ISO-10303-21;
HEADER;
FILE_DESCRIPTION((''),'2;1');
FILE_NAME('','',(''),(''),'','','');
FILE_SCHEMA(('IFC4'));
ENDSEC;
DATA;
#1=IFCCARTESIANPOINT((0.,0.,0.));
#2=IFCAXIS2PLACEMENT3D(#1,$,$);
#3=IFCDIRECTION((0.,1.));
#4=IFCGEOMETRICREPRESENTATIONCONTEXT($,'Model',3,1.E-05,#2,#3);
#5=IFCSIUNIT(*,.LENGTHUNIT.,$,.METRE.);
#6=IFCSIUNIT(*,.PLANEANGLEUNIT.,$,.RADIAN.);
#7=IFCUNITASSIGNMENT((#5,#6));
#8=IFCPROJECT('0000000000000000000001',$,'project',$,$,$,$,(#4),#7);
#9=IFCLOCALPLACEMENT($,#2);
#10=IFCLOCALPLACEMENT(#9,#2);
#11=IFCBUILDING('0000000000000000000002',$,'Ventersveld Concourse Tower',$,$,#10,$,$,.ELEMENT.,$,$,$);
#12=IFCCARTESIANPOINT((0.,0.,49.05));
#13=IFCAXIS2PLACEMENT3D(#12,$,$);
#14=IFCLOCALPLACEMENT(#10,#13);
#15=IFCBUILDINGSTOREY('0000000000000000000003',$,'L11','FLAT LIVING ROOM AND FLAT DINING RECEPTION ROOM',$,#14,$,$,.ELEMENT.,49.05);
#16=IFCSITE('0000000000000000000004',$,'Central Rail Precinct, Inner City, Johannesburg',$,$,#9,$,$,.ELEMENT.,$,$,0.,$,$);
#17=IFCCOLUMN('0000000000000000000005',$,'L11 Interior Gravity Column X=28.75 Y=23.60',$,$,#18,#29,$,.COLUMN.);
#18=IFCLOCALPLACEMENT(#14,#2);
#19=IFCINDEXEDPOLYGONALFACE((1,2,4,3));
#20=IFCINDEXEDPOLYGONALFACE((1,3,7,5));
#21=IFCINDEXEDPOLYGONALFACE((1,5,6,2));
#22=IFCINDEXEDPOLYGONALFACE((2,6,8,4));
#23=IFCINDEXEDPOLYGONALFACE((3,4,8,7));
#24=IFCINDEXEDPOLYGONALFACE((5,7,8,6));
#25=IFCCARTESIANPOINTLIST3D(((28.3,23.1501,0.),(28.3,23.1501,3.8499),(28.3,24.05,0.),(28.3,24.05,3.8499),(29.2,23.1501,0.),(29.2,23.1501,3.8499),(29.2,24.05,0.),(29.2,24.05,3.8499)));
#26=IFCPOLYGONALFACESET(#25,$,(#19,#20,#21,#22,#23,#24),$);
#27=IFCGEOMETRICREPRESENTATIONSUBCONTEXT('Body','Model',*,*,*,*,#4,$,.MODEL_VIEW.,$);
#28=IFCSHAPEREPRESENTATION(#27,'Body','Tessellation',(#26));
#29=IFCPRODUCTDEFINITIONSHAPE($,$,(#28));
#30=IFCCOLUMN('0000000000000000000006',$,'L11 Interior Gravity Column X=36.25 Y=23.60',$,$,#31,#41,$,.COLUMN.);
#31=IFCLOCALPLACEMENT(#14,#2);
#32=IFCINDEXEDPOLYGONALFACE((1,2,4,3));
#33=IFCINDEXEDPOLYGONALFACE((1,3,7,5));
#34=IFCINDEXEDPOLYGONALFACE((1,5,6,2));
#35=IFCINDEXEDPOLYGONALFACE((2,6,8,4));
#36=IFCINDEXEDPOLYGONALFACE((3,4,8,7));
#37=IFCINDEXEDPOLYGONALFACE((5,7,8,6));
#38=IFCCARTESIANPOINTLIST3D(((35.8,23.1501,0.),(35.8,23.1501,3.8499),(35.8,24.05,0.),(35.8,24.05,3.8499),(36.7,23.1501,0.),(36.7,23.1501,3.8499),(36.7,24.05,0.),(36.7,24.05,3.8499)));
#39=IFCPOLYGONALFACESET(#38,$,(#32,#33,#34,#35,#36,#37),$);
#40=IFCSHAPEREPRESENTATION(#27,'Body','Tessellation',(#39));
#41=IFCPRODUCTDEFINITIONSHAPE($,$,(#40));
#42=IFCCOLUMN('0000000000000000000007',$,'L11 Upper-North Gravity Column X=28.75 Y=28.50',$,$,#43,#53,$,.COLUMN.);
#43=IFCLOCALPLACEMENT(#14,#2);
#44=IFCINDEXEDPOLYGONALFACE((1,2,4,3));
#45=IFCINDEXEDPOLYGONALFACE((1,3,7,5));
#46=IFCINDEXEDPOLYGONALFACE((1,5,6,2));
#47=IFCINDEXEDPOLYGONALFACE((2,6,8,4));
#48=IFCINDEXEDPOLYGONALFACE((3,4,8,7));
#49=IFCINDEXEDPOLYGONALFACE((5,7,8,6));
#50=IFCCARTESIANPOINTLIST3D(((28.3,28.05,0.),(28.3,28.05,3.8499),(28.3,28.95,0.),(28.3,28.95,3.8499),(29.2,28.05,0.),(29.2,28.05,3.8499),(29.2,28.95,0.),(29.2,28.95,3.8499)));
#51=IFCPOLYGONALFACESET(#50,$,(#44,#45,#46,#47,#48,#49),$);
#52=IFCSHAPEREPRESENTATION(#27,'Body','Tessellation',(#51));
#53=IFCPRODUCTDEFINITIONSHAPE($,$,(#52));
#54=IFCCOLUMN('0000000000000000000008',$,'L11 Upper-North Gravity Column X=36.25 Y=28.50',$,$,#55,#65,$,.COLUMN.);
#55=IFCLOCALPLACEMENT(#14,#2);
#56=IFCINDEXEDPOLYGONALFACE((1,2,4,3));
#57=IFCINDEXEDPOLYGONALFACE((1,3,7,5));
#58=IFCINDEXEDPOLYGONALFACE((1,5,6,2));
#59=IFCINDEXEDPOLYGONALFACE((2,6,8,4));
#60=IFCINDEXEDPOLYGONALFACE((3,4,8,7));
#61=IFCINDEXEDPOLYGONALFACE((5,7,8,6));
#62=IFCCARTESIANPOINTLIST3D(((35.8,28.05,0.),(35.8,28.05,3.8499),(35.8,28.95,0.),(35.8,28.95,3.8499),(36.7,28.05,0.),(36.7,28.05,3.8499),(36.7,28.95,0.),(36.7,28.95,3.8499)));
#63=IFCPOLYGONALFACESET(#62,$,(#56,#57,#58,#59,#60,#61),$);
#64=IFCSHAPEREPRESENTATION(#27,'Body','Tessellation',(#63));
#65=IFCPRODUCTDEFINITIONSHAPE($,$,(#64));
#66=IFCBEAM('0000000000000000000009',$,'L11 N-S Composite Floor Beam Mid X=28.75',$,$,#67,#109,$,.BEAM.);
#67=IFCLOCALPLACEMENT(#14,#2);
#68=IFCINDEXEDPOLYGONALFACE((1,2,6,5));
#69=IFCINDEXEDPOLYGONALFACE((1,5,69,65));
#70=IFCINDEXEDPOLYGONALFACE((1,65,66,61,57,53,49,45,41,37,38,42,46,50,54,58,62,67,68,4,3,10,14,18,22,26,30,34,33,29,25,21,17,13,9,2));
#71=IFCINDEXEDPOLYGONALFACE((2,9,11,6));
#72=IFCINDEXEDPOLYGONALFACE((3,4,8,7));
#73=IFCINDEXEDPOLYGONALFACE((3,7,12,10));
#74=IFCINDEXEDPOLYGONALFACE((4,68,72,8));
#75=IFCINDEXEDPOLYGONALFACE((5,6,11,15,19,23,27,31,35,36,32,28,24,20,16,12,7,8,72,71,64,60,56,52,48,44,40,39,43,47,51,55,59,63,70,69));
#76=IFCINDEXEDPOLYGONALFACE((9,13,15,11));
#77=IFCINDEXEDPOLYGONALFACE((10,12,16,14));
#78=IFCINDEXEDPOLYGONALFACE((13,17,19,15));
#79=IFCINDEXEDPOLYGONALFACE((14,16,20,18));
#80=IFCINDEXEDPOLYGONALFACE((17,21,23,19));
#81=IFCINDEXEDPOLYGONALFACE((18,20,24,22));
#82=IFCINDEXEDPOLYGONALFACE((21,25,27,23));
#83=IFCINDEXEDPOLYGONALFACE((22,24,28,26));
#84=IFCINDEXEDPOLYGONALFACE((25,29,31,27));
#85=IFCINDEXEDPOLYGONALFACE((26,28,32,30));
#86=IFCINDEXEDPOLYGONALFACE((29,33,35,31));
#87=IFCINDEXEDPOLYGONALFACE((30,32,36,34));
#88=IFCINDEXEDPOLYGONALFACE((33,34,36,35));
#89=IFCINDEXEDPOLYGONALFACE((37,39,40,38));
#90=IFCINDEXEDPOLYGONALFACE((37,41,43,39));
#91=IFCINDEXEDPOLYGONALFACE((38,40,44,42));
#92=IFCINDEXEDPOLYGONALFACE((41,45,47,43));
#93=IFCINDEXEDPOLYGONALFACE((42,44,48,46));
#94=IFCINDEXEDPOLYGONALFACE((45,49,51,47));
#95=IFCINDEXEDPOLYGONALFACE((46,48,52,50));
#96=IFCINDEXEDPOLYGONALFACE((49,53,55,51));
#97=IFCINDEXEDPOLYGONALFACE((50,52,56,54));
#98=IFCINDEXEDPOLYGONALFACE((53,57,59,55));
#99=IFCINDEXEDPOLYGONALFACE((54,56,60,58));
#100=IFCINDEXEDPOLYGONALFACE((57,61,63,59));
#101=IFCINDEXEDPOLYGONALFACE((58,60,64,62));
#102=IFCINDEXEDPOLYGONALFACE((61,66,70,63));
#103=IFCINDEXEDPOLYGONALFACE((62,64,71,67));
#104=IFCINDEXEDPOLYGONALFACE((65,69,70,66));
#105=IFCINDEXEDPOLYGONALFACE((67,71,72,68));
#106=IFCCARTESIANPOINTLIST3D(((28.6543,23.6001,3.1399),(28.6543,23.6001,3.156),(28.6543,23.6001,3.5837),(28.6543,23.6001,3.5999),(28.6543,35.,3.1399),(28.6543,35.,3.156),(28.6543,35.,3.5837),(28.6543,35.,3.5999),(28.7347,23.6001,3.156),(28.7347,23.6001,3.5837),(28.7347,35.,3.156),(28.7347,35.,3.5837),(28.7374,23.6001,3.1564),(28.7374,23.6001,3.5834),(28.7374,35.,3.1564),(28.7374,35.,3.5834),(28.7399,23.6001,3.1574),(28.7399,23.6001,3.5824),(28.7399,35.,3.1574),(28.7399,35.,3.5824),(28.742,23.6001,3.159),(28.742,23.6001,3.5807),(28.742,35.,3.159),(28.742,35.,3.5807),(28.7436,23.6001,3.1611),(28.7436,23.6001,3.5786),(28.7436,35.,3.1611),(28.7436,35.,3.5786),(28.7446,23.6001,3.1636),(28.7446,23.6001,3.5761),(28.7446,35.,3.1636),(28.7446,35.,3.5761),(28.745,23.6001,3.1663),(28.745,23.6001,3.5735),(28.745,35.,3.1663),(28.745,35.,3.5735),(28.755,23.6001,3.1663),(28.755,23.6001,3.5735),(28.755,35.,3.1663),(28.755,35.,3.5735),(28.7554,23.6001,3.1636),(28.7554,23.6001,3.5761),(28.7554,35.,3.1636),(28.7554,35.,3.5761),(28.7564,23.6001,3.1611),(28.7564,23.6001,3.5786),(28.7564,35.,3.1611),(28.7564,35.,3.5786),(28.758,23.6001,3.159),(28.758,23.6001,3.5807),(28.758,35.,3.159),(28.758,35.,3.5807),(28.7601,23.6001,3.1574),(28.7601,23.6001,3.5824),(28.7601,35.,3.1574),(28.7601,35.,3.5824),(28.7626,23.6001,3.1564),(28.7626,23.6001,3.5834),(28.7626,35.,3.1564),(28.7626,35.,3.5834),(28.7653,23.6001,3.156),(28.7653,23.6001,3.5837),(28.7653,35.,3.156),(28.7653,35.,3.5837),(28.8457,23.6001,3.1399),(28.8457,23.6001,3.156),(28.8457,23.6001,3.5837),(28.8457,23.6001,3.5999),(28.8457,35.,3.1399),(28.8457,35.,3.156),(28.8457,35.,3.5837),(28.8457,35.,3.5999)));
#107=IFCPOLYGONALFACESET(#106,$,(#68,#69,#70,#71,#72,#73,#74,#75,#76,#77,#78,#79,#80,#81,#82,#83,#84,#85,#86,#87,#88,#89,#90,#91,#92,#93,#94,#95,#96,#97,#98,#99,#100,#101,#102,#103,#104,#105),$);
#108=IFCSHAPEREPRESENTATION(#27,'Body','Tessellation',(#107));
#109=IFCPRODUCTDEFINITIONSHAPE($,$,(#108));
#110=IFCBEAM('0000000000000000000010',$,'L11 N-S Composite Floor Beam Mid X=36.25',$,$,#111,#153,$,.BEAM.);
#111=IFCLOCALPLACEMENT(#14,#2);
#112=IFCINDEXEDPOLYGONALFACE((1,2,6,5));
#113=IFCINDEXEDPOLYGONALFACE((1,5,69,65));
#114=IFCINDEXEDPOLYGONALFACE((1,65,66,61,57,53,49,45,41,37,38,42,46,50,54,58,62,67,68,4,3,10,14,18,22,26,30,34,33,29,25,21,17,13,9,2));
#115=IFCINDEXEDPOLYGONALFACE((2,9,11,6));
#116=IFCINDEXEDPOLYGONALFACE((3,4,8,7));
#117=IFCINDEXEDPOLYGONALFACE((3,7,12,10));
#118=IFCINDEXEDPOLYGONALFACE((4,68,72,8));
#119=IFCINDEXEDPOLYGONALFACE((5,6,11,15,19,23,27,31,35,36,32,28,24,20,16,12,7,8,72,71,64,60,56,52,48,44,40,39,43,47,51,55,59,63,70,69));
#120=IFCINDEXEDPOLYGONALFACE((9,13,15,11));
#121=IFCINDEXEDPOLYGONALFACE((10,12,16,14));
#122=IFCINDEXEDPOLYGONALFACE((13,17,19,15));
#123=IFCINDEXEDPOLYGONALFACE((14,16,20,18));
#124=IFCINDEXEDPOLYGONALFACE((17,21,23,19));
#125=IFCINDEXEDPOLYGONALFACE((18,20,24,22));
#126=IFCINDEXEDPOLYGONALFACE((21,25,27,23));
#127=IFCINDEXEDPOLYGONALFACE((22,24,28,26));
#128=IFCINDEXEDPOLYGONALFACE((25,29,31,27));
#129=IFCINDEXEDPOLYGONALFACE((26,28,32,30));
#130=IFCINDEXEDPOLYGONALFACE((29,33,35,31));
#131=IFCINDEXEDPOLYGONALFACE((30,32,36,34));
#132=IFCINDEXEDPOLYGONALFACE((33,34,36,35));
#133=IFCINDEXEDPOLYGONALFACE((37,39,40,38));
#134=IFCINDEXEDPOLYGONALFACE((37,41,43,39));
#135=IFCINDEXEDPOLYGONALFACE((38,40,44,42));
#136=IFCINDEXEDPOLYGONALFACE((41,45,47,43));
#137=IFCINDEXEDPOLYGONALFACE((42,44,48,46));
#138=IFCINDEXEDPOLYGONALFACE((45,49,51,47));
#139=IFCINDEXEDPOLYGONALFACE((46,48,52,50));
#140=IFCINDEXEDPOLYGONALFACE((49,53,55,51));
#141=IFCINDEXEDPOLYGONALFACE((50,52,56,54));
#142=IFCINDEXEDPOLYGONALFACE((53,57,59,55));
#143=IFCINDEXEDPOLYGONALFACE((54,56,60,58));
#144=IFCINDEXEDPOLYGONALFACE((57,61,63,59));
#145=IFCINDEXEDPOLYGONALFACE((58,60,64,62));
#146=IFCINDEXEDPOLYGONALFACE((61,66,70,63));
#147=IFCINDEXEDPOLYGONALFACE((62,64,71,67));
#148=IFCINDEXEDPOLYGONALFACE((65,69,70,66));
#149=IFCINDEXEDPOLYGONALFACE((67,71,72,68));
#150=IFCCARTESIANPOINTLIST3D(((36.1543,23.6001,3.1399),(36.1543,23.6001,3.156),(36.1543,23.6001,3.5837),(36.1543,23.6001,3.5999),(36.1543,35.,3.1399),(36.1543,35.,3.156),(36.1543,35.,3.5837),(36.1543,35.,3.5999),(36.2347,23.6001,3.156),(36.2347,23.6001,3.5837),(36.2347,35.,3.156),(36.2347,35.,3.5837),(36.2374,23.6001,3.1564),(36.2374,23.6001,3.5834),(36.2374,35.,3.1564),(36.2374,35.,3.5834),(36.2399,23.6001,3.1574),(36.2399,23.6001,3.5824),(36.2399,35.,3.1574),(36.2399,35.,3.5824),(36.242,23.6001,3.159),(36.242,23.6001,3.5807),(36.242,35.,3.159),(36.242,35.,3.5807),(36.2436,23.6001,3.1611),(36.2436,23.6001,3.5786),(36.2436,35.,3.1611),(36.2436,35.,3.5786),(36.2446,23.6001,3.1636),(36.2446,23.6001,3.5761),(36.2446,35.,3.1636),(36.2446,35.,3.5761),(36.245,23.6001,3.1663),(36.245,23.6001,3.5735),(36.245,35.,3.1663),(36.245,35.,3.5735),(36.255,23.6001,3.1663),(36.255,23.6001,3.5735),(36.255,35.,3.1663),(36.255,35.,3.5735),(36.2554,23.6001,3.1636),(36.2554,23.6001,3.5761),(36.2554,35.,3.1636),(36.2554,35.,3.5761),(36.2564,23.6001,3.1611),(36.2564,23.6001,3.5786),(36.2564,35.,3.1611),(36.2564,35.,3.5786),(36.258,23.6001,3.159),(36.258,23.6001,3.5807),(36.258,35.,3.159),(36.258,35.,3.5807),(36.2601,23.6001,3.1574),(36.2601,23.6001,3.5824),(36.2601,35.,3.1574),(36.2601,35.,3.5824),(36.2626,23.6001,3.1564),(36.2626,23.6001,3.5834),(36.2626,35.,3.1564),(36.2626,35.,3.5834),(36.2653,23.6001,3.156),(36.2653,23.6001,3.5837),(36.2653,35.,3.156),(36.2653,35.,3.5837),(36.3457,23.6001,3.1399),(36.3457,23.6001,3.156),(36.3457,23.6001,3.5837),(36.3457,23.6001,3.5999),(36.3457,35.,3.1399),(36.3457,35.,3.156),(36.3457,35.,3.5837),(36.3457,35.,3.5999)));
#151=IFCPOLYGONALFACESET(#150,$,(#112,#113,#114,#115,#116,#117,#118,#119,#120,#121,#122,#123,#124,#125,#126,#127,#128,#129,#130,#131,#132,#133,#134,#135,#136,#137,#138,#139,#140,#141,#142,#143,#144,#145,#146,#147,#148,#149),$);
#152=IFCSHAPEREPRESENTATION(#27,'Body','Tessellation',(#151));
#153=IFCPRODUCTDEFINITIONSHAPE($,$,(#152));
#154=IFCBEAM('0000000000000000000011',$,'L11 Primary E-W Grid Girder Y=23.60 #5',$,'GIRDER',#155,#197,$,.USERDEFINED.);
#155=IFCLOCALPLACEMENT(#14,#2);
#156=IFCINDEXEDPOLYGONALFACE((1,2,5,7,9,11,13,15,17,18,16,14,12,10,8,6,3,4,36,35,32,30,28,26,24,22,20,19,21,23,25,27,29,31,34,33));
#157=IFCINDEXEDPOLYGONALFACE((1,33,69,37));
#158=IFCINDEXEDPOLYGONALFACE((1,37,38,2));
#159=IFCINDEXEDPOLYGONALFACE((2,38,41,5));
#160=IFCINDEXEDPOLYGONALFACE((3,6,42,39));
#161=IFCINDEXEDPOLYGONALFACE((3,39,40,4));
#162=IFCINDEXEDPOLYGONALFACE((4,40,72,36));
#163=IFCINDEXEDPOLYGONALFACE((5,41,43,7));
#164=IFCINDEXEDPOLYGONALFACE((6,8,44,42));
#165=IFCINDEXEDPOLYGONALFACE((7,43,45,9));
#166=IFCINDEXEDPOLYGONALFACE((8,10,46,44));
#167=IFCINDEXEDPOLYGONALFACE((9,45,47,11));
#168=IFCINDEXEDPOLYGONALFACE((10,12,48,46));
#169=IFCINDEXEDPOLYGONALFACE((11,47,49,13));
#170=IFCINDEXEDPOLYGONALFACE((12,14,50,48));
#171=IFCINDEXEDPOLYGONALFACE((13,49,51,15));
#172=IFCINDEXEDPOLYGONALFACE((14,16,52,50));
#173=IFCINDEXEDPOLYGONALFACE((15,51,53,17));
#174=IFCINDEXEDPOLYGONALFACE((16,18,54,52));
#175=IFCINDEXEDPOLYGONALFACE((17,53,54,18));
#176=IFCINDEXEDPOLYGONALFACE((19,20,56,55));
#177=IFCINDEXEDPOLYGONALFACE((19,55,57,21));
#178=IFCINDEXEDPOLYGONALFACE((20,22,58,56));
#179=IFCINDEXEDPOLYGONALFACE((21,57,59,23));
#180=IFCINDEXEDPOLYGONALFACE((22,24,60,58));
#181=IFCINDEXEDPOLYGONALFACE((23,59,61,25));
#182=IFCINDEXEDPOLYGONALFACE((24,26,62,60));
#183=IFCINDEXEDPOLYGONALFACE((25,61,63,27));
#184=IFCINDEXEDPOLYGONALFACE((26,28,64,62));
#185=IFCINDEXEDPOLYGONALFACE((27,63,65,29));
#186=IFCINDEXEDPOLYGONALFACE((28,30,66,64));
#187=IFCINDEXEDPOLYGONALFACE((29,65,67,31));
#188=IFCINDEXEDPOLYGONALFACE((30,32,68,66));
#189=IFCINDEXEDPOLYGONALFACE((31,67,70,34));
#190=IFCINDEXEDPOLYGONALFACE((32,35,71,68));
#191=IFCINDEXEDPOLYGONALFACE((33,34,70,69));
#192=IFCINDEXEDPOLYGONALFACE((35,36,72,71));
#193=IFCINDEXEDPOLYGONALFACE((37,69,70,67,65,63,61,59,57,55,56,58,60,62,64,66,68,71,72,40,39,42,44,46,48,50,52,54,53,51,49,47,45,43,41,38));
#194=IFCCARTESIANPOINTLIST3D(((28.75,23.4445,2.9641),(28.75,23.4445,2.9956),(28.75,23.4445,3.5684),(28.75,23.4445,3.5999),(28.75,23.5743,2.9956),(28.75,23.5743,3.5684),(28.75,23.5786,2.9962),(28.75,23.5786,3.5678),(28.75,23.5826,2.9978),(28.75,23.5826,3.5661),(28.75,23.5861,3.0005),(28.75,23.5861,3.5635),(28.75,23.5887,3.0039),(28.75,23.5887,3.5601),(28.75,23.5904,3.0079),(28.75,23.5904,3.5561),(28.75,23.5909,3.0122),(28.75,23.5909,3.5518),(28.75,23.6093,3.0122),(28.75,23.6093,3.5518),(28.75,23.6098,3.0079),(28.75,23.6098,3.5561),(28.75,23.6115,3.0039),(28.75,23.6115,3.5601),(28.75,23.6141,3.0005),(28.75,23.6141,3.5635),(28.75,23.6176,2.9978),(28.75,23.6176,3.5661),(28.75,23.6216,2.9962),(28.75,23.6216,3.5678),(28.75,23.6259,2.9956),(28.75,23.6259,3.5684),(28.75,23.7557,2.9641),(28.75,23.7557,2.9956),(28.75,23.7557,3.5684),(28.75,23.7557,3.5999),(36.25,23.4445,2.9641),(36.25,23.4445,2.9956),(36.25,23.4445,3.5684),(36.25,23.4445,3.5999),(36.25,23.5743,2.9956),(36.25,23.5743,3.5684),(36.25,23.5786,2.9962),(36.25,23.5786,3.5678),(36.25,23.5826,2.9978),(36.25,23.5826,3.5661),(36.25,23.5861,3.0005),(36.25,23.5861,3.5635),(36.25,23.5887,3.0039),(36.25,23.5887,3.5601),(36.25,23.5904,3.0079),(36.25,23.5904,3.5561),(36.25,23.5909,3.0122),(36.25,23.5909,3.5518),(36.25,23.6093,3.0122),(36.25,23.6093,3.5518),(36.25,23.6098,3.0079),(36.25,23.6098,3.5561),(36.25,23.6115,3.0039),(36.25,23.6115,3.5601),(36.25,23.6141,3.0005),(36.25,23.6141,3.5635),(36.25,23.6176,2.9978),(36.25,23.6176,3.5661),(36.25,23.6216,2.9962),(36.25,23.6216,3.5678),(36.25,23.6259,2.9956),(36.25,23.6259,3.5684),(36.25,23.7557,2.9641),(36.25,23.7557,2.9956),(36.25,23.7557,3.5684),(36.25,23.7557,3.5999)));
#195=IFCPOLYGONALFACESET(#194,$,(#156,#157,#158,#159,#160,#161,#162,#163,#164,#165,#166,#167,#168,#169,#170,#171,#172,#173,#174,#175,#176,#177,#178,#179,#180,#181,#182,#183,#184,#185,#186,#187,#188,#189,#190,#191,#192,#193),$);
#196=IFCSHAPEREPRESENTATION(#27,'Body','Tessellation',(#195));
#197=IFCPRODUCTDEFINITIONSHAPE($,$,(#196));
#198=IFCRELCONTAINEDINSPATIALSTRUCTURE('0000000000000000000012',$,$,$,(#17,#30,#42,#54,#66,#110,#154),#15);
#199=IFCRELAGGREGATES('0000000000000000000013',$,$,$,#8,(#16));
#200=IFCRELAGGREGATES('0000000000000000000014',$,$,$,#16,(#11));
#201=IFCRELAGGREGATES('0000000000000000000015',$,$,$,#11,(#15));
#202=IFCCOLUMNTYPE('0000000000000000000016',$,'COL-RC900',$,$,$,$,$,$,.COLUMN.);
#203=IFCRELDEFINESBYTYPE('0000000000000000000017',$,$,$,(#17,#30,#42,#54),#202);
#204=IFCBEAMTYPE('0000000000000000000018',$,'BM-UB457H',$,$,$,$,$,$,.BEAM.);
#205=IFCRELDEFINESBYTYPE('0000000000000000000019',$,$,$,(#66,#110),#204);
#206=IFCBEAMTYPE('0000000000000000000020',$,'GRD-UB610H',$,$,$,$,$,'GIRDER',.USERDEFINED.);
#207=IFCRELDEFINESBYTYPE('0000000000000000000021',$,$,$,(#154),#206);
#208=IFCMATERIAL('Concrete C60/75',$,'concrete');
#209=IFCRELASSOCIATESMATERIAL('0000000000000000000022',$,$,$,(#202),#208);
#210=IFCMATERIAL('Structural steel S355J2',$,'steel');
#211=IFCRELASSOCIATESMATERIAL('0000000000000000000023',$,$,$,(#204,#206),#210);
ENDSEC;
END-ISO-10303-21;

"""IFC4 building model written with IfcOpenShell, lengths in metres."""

from ifc_helpers import new_model, si_unit, direction, frame, origin, origin_2d, place, context, subcontext, project, spatial, rectangle, i_section, extrude, material, material_profile, profile_set, type_object, element, save


model = new_model("IFC4")

# Units and contexts
model_context = context("Model", 3, precision=1e-05, world=origin(), true_north=direction((0.0, 1.0)))
body_context = subcontext(model_context, "Body", "Model", "MODEL_VIEW")
ifc_project = project(units=[si_unit("LENGTHUNIT", "METRE"), si_unit("PLANEANGLEUNIT", "RADIAN")], contexts=[model_context])

# Site, building, storey
site_placement = place(None, origin())
site = spatial("IfcSite", under=ifc_project, at=site_placement, Name="Central Rail Precinct, Inner City, Johannesburg", CompositionType="ELEMENT", RefElevation=0.0)
building_placement = place(site_placement, origin())
building = spatial("IfcBuilding", under=site, at=building_placement, Name="Ventersveld Concourse Tower", CompositionType="ELEMENT")
storey_placement = place(building_placement, frame((0.0, 0.0, 49.05)))
storey = spatial("IfcBuildingStorey", under=building, at=storey_placement, Name="L11", Description="FLAT LIVING ROOM AND FLAT DINING RECEPTION ROOM", CompositionType="ELEMENT", Elevation=49.05)

# Columns
ifc_material_1 = material(Name="Concrete C60/75", Category="concrete")
ifc_material_profile_1 = material_profile(ifc_material_1, rectangle(XDim=0.8999, YDim=0.8999, at=origin_2d()), Name="RC 900x900")
ifc_profile_set_1 = profile_set([ifc_material_profile_1], Name="Concrete C60/75")
column_type = type_object("IfcColumnType", Name="COL-RC900", PredefinedType="COLUMN", material=ifc_profile_set_1)
for number, where, z_axis, x_axis, name in (
    (1, (28.75, 23.6001, 0.0), (0.0, 0.0, 1.0), (1.0, 0.0, 0.0), "L11 Interior Gravity Column X=28.75 Y=23.60"),
    (2, (36.25, 23.6001, 0.0), (0.0, 0.0, 1.0), (1.0, 0.0, 0.0), "L11 Interior Gravity Column X=36.25 Y=23.60"),
    (3, (28.75, 28.5, 0.0), (0.0, 0.0, 1.0), (1.0, 0.0, 0.0), "L11 Upper-North Gravity Column X=28.75 Y=28.50"),
    (4, (36.25, 28.5, 0.0), (0.0, 0.0, 1.0), (1.0, 0.0, 0.0), "L11 Upper-North Gravity Column X=36.25 Y=28.50"),
):
    element("IfcColumn", number, at=place(storey_placement, frame(where, z_axis=z_axis, x_axis=x_axis)), inside=storey, type_object=column_type, Name=name, PredefinedType="COLUMN", context=body_context, shape_type="SweptSolid", body=[
        extrude(rectangle(XDim=0.8999, YDim=0.8999, at=origin_2d()), origin(), (0.0, 0.0, 1.0), 3.8499),
    ])

# Beams
ifc_material_2 = material(Name="Structural steel S355J2", Category="steel")
ifc_material_profile_2 = material_profile(ifc_material_2, i_section(OverallWidth=0.1914, OverallDepth=0.46, WebThickness=0.01, FlangeThickness=0.0161, FilletRadius=0.0103, at=origin_2d()), Name="UB 457x191x82")
ifc_profile_set_2 = profile_set([ifc_material_profile_2], Name="Structural steel S355J2")
beam_type_1 = type_object("IfcBeamType", Name="BM-UB457H", PredefinedType="BEAM", material=ifc_profile_set_2)
for number, where, z_axis, x_axis, name in (
    (5, (28.75, 23.6001, 3.3699), (0.0, 1.0, 0.0), (-1.0, 0.0, 0.0), "L11 N-S Composite Floor Beam Mid X=28.75"),
    (6, (36.25, 23.6001, 3.3699), (0.0, 1.0, 0.0), (-1.0, 0.0, 0.0), "L11 N-S Composite Floor Beam Mid X=36.25"),
):
    element("IfcBeam", number, at=place(storey_placement, frame(where, z_axis=z_axis, x_axis=x_axis)), inside=storey, type_object=beam_type_1, Name=name, PredefinedType="BEAM", context=body_context, shape_type="SweptSolid", body=[
        extrude(i_section(OverallWidth=0.1914, OverallDepth=0.46, WebThickness=0.01, FlangeThickness=0.0161, FilletRadius=0.0103, at=origin_2d()), origin(), (0.0, 0.0, 1.0), 11.3999),
    ])
ifc_material_profile_3 = material_profile(ifc_material_2, i_section(OverallWidth=0.3113, OverallDepth=0.6357, WebThickness=0.0183, FlangeThickness=0.0315, FilletRadius=0.0166, at=origin_2d()), Name="UB 610x305x238")
ifc_profile_set_3 = profile_set([ifc_material_profile_3], Name="Structural steel S355J2")
beam_type_2 = type_object("IfcBeamType", Name="GRD-UB610H", ElementType="GIRDER", PredefinedType="USERDEFINED", material=ifc_profile_set_3)
for number, where, z_axis, x_axis, name in (
    (7, (28.75, 23.6001, 3.282), (1.0, 0.0, 0.0), (0.0, 1.0, 0.0), "L11 Primary E-W Grid Girder Y=23.60 #5"),
):
    element("IfcBeam", number, at=place(storey_placement, frame(where, z_axis=z_axis, x_axis=x_axis)), inside=storey, type_object=beam_type_2, Name=name, ObjectType="GIRDER", PredefinedType="USERDEFINED", context=body_context, shape_type="SweptSolid", body=[
        extrude(i_section(OverallWidth=0.3113, OverallDepth=0.6357, WebThickness=0.0183, FlangeThickness=0.0315, FilletRadius=0.0166, at=origin_2d()), origin(), (0.0, 0.0, 1.0), 7.5),
    ])

save(model, "model.ifc")
